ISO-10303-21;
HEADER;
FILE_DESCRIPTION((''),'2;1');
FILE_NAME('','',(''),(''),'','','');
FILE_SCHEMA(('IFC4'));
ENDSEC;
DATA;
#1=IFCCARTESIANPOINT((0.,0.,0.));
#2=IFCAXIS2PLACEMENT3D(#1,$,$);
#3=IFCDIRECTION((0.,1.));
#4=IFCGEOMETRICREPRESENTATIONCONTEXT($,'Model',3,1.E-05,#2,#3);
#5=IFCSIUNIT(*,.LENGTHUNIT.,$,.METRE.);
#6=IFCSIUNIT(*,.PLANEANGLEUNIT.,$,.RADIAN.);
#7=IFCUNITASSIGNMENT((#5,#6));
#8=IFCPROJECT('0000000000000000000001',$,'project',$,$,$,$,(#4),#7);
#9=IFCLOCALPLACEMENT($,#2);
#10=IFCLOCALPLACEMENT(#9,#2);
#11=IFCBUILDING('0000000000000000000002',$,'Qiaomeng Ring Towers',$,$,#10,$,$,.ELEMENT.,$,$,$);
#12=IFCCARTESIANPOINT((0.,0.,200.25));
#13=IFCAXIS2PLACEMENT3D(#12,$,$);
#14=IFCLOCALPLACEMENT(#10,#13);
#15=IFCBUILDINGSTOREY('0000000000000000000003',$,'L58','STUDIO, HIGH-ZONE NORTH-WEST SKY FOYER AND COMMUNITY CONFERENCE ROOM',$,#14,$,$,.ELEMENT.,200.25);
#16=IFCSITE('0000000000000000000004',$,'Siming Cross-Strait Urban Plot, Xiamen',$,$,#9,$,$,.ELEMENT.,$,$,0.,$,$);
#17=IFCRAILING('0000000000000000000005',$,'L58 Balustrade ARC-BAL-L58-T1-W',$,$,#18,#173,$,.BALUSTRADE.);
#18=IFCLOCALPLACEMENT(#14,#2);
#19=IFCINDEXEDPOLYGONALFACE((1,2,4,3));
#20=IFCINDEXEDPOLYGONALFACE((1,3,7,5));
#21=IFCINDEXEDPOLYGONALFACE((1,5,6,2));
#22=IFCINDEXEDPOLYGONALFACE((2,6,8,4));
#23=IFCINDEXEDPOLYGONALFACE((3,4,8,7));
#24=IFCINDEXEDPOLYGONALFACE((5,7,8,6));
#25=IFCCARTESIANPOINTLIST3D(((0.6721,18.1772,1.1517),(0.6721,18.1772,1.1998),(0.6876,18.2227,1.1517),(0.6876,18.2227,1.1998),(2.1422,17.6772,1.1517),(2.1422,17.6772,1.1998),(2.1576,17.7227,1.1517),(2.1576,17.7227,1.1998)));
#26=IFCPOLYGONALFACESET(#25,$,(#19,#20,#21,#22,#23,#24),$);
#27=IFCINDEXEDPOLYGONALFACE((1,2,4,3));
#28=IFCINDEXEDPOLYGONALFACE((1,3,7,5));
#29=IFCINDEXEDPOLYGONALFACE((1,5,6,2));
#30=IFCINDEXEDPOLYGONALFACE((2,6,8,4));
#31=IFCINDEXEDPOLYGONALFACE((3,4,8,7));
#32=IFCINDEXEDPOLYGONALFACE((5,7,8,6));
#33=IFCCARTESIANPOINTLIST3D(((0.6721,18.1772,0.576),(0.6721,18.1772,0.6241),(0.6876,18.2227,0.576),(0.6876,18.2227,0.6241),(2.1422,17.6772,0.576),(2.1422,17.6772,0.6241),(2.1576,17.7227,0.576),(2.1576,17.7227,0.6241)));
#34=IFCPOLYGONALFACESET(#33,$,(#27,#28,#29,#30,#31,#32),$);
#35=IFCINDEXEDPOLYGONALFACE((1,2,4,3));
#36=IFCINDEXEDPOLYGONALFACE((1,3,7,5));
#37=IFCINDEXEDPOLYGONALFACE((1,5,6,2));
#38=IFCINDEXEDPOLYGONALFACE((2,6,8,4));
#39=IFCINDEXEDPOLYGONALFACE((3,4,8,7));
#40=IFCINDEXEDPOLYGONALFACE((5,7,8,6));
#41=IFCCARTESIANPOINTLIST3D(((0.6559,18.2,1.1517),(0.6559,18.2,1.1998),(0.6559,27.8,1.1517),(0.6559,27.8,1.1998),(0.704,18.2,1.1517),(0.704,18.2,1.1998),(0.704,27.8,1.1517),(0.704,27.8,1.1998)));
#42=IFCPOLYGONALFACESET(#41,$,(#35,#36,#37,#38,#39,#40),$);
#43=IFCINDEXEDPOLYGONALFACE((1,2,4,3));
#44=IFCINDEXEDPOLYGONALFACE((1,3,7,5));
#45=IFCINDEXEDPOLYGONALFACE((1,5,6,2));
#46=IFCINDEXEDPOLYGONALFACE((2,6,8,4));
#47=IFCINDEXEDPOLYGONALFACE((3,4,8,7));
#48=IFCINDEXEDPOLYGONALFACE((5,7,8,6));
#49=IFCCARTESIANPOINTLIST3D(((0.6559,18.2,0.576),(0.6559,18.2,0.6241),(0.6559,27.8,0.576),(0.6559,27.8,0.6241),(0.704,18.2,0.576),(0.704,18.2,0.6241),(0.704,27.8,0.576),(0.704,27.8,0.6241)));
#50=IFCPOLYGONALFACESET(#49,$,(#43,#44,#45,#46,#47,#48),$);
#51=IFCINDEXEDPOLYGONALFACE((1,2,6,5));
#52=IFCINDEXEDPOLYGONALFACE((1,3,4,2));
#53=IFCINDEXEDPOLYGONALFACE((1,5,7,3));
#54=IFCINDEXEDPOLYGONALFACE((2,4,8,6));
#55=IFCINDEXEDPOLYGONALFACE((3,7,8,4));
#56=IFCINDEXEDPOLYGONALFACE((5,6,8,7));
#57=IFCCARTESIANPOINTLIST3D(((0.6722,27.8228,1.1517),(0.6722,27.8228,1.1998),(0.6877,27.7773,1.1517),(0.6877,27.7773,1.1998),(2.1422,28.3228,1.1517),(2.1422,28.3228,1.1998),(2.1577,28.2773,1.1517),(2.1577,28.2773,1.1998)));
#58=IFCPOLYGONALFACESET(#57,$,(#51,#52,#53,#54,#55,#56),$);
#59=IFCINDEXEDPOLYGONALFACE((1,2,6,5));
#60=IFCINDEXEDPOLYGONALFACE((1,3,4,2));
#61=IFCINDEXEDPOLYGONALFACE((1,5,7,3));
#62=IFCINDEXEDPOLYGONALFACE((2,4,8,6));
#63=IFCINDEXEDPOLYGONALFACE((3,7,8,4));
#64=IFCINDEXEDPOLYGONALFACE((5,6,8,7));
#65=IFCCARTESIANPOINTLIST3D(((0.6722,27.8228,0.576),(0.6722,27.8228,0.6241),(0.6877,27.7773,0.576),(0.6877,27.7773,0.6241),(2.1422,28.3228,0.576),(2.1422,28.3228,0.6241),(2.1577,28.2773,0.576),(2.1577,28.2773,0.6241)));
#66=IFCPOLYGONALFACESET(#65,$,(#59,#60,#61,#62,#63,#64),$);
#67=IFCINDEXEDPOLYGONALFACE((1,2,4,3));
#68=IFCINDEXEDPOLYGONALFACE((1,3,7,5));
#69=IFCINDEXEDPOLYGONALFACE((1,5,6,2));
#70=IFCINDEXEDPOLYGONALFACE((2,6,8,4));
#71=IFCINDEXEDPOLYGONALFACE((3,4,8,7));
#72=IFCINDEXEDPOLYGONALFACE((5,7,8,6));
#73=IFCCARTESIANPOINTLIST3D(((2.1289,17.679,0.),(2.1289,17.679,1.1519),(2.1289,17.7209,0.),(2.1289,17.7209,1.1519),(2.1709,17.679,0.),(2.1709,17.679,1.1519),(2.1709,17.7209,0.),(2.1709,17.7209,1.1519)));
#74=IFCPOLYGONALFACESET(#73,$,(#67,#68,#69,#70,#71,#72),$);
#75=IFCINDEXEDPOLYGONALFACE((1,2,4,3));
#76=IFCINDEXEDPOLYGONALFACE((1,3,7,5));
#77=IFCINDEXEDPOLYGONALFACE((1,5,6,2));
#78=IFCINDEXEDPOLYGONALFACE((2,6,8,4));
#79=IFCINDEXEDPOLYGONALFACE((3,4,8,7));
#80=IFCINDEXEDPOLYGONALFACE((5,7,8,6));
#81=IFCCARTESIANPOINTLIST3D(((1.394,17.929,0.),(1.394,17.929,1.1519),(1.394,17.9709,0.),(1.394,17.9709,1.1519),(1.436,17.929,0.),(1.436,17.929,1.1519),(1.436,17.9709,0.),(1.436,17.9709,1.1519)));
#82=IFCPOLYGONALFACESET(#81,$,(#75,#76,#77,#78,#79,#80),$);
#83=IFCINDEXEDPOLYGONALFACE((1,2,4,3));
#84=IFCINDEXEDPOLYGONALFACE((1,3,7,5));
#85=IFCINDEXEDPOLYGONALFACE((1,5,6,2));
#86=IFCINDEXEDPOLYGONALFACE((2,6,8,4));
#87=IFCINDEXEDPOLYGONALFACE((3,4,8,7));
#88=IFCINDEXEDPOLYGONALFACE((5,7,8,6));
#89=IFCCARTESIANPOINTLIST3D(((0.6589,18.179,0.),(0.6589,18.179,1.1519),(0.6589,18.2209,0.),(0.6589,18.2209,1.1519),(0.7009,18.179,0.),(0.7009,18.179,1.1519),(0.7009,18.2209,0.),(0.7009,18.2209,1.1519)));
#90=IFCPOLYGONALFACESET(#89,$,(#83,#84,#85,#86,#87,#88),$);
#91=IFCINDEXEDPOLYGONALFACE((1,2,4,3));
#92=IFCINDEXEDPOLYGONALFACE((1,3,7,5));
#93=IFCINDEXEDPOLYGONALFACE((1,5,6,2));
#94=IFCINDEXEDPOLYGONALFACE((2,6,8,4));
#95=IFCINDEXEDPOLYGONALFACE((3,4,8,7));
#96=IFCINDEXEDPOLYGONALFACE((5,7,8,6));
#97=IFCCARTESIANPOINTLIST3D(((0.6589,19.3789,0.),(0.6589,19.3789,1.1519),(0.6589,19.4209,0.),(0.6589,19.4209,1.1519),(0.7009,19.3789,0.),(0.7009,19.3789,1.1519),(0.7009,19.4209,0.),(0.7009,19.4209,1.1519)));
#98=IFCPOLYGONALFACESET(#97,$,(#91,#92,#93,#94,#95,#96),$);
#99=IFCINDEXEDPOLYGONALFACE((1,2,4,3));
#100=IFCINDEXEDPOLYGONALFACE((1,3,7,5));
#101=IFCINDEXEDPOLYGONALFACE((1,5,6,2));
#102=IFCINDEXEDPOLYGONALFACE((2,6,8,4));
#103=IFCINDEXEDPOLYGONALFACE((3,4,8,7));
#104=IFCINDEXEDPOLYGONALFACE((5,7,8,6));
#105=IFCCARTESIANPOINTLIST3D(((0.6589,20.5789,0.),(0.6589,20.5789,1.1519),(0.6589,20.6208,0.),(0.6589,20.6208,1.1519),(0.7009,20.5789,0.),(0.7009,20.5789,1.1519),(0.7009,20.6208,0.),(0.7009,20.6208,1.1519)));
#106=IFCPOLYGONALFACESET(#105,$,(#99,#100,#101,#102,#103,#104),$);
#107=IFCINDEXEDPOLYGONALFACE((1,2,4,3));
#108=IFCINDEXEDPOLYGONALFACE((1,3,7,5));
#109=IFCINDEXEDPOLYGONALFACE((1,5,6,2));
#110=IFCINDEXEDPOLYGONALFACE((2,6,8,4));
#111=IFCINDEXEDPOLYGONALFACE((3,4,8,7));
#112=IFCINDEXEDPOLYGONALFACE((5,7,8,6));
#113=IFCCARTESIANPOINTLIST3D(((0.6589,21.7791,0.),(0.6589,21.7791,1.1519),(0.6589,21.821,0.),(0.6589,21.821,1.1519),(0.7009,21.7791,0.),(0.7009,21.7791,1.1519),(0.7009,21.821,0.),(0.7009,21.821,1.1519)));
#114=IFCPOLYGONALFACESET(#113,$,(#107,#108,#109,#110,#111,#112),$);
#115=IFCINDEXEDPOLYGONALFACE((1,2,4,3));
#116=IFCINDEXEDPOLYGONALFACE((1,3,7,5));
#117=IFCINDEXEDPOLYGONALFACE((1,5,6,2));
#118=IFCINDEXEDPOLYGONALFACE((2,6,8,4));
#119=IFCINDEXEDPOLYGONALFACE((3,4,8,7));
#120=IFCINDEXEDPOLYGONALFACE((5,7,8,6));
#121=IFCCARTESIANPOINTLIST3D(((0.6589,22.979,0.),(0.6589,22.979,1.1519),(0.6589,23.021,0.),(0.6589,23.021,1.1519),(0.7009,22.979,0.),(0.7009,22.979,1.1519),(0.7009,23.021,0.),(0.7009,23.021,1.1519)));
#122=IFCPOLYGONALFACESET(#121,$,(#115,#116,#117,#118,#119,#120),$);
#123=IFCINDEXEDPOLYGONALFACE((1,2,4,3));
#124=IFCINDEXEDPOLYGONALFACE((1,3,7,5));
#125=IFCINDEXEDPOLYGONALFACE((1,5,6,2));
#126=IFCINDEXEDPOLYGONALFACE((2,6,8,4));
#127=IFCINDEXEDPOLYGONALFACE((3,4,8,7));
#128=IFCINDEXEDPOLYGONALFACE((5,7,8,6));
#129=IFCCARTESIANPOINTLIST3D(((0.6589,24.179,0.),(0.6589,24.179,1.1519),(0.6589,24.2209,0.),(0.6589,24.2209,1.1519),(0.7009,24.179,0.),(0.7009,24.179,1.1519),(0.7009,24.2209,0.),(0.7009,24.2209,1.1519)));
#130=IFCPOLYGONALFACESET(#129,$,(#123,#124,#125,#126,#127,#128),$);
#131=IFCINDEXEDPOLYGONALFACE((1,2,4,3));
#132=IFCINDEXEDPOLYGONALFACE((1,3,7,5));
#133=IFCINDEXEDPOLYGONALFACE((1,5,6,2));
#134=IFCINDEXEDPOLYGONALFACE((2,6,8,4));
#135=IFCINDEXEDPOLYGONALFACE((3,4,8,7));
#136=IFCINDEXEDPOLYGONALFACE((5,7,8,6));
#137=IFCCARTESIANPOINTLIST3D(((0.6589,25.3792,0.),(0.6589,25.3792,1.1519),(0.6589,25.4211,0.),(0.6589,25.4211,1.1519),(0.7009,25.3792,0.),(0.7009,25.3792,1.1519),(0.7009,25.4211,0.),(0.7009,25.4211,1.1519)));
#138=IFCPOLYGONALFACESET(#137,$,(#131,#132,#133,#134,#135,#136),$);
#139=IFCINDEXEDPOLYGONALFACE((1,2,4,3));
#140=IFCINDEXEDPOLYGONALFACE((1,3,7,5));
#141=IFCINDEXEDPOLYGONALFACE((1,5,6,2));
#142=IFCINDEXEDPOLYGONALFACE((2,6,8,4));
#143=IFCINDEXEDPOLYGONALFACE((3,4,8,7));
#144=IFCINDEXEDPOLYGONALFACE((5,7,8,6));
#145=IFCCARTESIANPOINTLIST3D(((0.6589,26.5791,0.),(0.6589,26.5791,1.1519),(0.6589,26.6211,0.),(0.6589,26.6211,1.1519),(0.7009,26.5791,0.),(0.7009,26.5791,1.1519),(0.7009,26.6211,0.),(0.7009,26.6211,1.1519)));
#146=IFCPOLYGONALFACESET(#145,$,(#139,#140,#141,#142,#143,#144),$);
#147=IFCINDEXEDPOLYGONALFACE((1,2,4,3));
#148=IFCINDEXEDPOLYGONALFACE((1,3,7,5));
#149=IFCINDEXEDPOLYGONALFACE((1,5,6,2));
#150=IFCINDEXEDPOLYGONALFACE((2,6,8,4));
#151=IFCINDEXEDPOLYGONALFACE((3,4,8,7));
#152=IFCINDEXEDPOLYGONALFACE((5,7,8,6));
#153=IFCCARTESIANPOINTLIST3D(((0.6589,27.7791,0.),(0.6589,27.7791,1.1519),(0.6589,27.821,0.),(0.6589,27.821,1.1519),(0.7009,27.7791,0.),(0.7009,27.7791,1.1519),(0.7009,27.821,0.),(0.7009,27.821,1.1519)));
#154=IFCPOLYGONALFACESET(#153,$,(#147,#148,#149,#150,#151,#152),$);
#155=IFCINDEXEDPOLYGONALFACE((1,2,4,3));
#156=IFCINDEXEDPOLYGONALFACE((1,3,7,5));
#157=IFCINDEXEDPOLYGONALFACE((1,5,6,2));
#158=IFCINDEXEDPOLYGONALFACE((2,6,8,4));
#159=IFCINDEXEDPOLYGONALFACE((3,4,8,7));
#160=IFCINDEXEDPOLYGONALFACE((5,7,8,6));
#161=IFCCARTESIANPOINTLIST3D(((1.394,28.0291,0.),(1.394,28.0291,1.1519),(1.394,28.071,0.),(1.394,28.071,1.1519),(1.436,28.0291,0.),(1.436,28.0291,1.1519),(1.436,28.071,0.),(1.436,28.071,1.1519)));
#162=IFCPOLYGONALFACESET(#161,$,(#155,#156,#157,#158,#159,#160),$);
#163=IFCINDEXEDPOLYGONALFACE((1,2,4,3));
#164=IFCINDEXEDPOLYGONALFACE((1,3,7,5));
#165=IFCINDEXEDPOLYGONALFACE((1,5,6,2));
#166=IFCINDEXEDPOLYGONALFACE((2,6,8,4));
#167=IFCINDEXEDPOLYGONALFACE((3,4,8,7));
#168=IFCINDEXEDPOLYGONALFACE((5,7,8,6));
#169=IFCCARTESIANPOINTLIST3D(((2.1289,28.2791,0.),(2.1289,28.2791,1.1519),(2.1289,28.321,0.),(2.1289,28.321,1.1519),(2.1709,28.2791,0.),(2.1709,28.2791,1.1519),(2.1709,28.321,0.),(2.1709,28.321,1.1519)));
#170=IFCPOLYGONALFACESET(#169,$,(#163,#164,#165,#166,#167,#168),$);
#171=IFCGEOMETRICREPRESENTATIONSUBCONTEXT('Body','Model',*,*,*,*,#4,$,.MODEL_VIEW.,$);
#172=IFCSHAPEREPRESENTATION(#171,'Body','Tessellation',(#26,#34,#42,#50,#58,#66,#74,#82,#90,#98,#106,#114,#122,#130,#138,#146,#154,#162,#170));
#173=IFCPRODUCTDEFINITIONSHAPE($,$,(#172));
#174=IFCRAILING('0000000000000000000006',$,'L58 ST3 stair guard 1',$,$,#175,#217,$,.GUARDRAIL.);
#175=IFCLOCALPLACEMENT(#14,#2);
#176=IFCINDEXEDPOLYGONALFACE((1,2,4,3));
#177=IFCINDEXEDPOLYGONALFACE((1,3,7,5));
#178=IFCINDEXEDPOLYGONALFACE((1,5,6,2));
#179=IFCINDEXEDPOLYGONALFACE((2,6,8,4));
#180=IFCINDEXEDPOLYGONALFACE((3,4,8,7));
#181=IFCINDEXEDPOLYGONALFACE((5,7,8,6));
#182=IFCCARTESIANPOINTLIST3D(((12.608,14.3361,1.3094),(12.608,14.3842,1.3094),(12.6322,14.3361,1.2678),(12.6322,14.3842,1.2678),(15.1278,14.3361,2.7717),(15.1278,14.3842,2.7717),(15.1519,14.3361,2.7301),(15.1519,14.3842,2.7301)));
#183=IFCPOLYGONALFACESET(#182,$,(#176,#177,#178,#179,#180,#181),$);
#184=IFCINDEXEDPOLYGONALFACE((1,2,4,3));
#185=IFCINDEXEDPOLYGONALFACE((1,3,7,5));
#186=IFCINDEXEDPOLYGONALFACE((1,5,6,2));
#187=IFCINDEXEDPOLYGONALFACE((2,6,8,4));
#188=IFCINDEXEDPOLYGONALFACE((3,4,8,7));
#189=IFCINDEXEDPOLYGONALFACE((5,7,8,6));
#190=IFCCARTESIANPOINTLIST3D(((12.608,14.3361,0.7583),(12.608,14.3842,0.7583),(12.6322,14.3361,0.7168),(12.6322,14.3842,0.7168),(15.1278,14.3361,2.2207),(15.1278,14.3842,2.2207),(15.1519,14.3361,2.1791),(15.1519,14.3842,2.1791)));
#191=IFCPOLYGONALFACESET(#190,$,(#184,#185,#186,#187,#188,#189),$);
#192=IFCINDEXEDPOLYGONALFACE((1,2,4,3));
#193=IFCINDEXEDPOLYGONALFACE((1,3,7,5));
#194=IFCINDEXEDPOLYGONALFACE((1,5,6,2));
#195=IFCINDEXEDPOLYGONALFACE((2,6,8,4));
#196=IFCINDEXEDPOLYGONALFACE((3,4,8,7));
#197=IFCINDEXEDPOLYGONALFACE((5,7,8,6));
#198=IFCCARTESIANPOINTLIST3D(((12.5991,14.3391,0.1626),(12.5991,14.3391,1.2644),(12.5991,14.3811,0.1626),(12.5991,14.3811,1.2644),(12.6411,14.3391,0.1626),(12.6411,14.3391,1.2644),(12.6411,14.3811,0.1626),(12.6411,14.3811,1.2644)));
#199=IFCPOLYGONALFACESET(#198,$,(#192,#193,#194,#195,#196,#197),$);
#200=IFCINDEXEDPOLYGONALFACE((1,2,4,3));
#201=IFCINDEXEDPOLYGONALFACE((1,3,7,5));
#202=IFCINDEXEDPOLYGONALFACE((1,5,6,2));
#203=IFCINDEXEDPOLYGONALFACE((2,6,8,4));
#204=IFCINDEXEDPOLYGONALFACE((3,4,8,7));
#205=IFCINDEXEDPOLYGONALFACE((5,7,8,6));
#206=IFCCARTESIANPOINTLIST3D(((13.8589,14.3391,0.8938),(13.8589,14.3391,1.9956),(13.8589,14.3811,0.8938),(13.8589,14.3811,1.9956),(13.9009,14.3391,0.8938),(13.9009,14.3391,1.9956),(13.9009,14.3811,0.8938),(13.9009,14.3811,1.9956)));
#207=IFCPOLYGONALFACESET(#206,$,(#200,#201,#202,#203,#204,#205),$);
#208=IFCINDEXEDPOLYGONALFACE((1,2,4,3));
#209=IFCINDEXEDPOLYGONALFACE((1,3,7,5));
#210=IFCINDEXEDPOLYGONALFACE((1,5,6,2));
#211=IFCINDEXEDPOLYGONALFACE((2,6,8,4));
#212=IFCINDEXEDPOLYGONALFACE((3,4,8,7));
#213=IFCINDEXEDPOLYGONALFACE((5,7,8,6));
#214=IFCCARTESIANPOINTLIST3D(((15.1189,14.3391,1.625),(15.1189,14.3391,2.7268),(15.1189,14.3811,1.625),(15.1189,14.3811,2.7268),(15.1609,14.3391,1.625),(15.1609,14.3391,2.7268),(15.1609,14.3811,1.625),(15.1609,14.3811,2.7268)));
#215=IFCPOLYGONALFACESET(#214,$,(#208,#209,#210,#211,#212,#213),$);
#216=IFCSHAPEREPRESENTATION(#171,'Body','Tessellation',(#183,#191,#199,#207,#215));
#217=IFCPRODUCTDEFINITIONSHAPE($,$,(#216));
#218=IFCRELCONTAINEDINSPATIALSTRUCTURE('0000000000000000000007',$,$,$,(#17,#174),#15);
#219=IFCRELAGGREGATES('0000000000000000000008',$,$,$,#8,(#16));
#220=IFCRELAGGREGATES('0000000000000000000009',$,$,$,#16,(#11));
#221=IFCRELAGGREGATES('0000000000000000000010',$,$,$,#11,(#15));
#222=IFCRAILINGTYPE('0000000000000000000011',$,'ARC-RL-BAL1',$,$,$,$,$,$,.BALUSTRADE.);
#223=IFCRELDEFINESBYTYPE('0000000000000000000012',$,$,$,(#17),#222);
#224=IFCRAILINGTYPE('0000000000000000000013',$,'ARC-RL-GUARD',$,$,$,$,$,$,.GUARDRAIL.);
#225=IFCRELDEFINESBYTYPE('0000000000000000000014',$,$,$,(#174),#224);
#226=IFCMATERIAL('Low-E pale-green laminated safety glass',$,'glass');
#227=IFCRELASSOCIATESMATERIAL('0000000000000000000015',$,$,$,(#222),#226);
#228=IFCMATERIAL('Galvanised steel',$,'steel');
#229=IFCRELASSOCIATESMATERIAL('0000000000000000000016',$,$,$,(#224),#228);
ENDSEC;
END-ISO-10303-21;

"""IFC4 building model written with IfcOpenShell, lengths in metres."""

from ifc_helpers import new_model, si_unit, direction, frame, origin, origin_2d, place, context, subcontext, project, spatial, rectangle, extrude, material, type_object, element, save


model = new_model("IFC4")

# Units and contexts
model_context = context("Model", 3, precision=1e-05, world=origin(), true_north=direction((0.0, 1.0)))
body_context = subcontext(model_context, "Body", "Model", "MODEL_VIEW")
ifc_project = project(units=[si_unit("LENGTHUNIT", "METRE"), si_unit("PLANEANGLEUNIT", "RADIAN")], contexts=[model_context])

# Site, building, storey
site_placement = place(None, origin())
site = spatial("IfcSite", under=ifc_project, at=site_placement, Name="Siming Cross-Strait Urban Plot, Xiamen", CompositionType="ELEMENT", RefElevation=0.0)
building_placement = place(site_placement, origin())
building = spatial("IfcBuilding", under=site, at=building_placement, Name="Qiaomeng Ring Towers", CompositionType="ELEMENT")
storey_placement = place(building_placement, frame((0.0, 0.0, 200.25)))
storey = spatial("IfcBuildingStorey", under=building, at=storey_placement, Name="L58", Description="STUDIO, HIGH-ZONE NORTH-WEST SKY FOYER AND COMMUNITY CONFERENCE ROOM", CompositionType="ELEMENT", Elevation=200.25)

# Shared definitions
ifc_material_1 = material(Name="Galvanised steel", Category="steel")

# Railings
ifc_material_2 = material(Name="Low-E pale-green laminated safety glass", Category="glass")
railing_type_1 = type_object("IfcRailingType", Name="ARC-RL-BAL1", PredefinedType="BALUSTRADE", material=ifc_material_2)
railing_1_placement = place(storey_placement, frame((2.1499, 17.7, 0.0)))
element("IfcRailing", 1, at=railing_1_placement, inside=storey, type_object=railing_type_1, Name="L58 Balustrade ARC-BAL-L58-T1-W", PredefinedType="BALUSTRADE", context=body_context, shape_type="SweptSolid", body=[
    extrude(rectangle(XDim=0.0481, YDim=0.0481, at=origin_2d()), frame((0.0, 0.0, 1.1758), z_axis=(-0.946732, 0.322024, 0.0), x_axis=(-0.322024, -0.946732, 0.0)), (0.0, 0.0, 1.0), 1.5527),
    extrude(rectangle(XDim=0.0481, YDim=0.0481, at=origin_2d()), frame((0.0, 0.0, 0.6001), z_axis=(-0.946732, 0.322024, 0.0), x_axis=(-0.322024, -0.946732, 0.0)), (0.0, 0.0, 1.0), 1.5527),
    extrude(rectangle(XDim=0.0481, YDim=0.0481, at=origin_2d()), frame((-1.47, 0.5, 1.1758), z_axis=(0.0, 1.0, 0.0), x_axis=(-1.0, 0.0, 0.0)), (0.0, 0.0, 1.0), 9.6001),
    extrude(rectangle(XDim=0.0481, YDim=0.0481, at=origin_2d()), frame((-1.47, 0.5, 0.6001), z_axis=(0.0, 1.0, 0.0), x_axis=(-1.0, 0.0, 0.0)), (0.0, 0.0, 1.0), 9.6001),
    extrude(rectangle(XDim=0.0481, YDim=0.0481, at=origin_2d()), frame((-1.47, 10.1001, 1.1758), z_axis=(0.946732, 0.322024, 0.0), x_axis=(-0.322024, 0.946732, 0.0)), (0.0, 0.0, 1.0), 1.5527),
    extrude(rectangle(XDim=0.0481, YDim=0.0481, at=origin_2d()), frame((-1.47, 10.1001, 0.6001), z_axis=(0.946732, 0.322024, 0.0), x_axis=(-0.322024, 0.946732, 0.0)), (0.0, 0.0, 1.0), 1.5527),
    extrude(rectangle(XDim=0.042, YDim=0.042, at=origin_2d()), origin(), (0.0, 0.0, 1.0), 1.1519),
    extrude(rectangle(XDim=0.042, YDim=0.042, at=origin_2d()), frame((-0.7349, 0.25, 0.0)), (0.0, 0.0, 1.0), 1.1519),
    extrude(rectangle(XDim=0.042, YDim=0.042, at=origin_2d()), frame((-1.47, 0.5, 0.0)), (0.0, 0.0, 1.0), 1.1519),
    extrude(rectangle(XDim=0.042, YDim=0.042, at=origin_2d()), frame((-1.47, 1.7, 0.0)), (0.0, 0.0, 1.0), 1.1519),
    extrude(rectangle(XDim=0.042, YDim=0.042, at=origin_2d()), frame((-1.47, 2.8999, 0.0)), (0.0, 0.0, 1.0), 1.1519),
    extrude(rectangle(XDim=0.042, YDim=0.042, at=origin_2d()), frame((-1.47, 4.1001, 0.0)), (0.0, 0.0, 1.0), 1.1519),
    extrude(rectangle(XDim=0.042, YDim=0.042, at=origin_2d()), frame((-1.47, 5.3, 0.0)), (0.0, 0.0, 1.0), 1.1519),
    extrude(rectangle(XDim=0.042, YDim=0.042, at=origin_2d()), frame((-1.47, 6.5, 0.0)), (0.0, 0.0, 1.0), 1.1519),
    extrude(rectangle(XDim=0.042, YDim=0.042, at=origin_2d()), frame((-1.47, 7.7002, 0.0)), (0.0, 0.0, 1.0), 1.1519),
    extrude(rectangle(XDim=0.042, YDim=0.042, at=origin_2d()), frame((-1.47, 8.9001, 0.0)), (0.0, 0.0, 1.0), 1.1519),
    extrude(rectangle(XDim=0.042, YDim=0.042, at=origin_2d()), frame((-1.47, 10.1001, 0.0)), (0.0, 0.0, 1.0), 1.1519),
    extrude(rectangle(XDim=0.042, YDim=0.042, at=origin_2d()), frame((-0.7349, 10.3501, 0.0)), (0.0, 0.0, 1.0), 1.1519),
    extrude(rectangle(XDim=0.042, YDim=0.042, at=origin_2d()), frame((0.0, 10.6001, 0.0)), (0.0, 0.0, 1.0), 1.1519),
])
railing_type_2 = type_object("IfcRailingType", Name="ARC-RL-GUARD", PredefinedType="GUARDRAIL", material=ifc_material_1)
railing_2_placement = place(storey_placement, frame((12.6201, 14.3601, 0.1626)))
element("IfcRailing", 2, at=railing_2_placement, inside=storey, type_object=railing_type_2, Name="L58 ST3 stair guard 1", PredefinedType="GUARDRAIL", context=body_context, shape_type="SweptSolid", body=[
    extrude(rectangle(XDim=0.0481, YDim=0.0481, at=origin_2d()), frame((0.0, 0.0, 1.126), z_axis=(0.864892, 0.0, 0.501958), x_axis=(0.0, 1.0, 0.0)), (0.0, 0.0, 1.0), 2.9133),
    extrude(rectangle(XDim=0.0481, YDim=0.0481, at=origin_2d()), frame((0.0, 0.0, 0.575), z_axis=(0.864892, 0.0, 0.501958), x_axis=(0.0, 1.0, 0.0)), (0.0, 0.0, 1.0), 2.9133),
    extrude(rectangle(XDim=0.042, YDim=0.042, at=origin_2d()), origin(), (0.0, 0.0, 1.0), 1.1018),
    extrude(rectangle(XDim=0.042, YDim=0.042, at=origin_2d()), frame((1.2598, 0.0, 0.7312)), (0.0, 0.0, 1.0), 1.1018),
    extrude(rectangle(XDim=0.042, YDim=0.042, at=origin_2d()), frame((2.5198, 0.0, 1.4624)), (0.0, 0.0, 1.0), 1.1018),
])

save(model, "model.ifc")
